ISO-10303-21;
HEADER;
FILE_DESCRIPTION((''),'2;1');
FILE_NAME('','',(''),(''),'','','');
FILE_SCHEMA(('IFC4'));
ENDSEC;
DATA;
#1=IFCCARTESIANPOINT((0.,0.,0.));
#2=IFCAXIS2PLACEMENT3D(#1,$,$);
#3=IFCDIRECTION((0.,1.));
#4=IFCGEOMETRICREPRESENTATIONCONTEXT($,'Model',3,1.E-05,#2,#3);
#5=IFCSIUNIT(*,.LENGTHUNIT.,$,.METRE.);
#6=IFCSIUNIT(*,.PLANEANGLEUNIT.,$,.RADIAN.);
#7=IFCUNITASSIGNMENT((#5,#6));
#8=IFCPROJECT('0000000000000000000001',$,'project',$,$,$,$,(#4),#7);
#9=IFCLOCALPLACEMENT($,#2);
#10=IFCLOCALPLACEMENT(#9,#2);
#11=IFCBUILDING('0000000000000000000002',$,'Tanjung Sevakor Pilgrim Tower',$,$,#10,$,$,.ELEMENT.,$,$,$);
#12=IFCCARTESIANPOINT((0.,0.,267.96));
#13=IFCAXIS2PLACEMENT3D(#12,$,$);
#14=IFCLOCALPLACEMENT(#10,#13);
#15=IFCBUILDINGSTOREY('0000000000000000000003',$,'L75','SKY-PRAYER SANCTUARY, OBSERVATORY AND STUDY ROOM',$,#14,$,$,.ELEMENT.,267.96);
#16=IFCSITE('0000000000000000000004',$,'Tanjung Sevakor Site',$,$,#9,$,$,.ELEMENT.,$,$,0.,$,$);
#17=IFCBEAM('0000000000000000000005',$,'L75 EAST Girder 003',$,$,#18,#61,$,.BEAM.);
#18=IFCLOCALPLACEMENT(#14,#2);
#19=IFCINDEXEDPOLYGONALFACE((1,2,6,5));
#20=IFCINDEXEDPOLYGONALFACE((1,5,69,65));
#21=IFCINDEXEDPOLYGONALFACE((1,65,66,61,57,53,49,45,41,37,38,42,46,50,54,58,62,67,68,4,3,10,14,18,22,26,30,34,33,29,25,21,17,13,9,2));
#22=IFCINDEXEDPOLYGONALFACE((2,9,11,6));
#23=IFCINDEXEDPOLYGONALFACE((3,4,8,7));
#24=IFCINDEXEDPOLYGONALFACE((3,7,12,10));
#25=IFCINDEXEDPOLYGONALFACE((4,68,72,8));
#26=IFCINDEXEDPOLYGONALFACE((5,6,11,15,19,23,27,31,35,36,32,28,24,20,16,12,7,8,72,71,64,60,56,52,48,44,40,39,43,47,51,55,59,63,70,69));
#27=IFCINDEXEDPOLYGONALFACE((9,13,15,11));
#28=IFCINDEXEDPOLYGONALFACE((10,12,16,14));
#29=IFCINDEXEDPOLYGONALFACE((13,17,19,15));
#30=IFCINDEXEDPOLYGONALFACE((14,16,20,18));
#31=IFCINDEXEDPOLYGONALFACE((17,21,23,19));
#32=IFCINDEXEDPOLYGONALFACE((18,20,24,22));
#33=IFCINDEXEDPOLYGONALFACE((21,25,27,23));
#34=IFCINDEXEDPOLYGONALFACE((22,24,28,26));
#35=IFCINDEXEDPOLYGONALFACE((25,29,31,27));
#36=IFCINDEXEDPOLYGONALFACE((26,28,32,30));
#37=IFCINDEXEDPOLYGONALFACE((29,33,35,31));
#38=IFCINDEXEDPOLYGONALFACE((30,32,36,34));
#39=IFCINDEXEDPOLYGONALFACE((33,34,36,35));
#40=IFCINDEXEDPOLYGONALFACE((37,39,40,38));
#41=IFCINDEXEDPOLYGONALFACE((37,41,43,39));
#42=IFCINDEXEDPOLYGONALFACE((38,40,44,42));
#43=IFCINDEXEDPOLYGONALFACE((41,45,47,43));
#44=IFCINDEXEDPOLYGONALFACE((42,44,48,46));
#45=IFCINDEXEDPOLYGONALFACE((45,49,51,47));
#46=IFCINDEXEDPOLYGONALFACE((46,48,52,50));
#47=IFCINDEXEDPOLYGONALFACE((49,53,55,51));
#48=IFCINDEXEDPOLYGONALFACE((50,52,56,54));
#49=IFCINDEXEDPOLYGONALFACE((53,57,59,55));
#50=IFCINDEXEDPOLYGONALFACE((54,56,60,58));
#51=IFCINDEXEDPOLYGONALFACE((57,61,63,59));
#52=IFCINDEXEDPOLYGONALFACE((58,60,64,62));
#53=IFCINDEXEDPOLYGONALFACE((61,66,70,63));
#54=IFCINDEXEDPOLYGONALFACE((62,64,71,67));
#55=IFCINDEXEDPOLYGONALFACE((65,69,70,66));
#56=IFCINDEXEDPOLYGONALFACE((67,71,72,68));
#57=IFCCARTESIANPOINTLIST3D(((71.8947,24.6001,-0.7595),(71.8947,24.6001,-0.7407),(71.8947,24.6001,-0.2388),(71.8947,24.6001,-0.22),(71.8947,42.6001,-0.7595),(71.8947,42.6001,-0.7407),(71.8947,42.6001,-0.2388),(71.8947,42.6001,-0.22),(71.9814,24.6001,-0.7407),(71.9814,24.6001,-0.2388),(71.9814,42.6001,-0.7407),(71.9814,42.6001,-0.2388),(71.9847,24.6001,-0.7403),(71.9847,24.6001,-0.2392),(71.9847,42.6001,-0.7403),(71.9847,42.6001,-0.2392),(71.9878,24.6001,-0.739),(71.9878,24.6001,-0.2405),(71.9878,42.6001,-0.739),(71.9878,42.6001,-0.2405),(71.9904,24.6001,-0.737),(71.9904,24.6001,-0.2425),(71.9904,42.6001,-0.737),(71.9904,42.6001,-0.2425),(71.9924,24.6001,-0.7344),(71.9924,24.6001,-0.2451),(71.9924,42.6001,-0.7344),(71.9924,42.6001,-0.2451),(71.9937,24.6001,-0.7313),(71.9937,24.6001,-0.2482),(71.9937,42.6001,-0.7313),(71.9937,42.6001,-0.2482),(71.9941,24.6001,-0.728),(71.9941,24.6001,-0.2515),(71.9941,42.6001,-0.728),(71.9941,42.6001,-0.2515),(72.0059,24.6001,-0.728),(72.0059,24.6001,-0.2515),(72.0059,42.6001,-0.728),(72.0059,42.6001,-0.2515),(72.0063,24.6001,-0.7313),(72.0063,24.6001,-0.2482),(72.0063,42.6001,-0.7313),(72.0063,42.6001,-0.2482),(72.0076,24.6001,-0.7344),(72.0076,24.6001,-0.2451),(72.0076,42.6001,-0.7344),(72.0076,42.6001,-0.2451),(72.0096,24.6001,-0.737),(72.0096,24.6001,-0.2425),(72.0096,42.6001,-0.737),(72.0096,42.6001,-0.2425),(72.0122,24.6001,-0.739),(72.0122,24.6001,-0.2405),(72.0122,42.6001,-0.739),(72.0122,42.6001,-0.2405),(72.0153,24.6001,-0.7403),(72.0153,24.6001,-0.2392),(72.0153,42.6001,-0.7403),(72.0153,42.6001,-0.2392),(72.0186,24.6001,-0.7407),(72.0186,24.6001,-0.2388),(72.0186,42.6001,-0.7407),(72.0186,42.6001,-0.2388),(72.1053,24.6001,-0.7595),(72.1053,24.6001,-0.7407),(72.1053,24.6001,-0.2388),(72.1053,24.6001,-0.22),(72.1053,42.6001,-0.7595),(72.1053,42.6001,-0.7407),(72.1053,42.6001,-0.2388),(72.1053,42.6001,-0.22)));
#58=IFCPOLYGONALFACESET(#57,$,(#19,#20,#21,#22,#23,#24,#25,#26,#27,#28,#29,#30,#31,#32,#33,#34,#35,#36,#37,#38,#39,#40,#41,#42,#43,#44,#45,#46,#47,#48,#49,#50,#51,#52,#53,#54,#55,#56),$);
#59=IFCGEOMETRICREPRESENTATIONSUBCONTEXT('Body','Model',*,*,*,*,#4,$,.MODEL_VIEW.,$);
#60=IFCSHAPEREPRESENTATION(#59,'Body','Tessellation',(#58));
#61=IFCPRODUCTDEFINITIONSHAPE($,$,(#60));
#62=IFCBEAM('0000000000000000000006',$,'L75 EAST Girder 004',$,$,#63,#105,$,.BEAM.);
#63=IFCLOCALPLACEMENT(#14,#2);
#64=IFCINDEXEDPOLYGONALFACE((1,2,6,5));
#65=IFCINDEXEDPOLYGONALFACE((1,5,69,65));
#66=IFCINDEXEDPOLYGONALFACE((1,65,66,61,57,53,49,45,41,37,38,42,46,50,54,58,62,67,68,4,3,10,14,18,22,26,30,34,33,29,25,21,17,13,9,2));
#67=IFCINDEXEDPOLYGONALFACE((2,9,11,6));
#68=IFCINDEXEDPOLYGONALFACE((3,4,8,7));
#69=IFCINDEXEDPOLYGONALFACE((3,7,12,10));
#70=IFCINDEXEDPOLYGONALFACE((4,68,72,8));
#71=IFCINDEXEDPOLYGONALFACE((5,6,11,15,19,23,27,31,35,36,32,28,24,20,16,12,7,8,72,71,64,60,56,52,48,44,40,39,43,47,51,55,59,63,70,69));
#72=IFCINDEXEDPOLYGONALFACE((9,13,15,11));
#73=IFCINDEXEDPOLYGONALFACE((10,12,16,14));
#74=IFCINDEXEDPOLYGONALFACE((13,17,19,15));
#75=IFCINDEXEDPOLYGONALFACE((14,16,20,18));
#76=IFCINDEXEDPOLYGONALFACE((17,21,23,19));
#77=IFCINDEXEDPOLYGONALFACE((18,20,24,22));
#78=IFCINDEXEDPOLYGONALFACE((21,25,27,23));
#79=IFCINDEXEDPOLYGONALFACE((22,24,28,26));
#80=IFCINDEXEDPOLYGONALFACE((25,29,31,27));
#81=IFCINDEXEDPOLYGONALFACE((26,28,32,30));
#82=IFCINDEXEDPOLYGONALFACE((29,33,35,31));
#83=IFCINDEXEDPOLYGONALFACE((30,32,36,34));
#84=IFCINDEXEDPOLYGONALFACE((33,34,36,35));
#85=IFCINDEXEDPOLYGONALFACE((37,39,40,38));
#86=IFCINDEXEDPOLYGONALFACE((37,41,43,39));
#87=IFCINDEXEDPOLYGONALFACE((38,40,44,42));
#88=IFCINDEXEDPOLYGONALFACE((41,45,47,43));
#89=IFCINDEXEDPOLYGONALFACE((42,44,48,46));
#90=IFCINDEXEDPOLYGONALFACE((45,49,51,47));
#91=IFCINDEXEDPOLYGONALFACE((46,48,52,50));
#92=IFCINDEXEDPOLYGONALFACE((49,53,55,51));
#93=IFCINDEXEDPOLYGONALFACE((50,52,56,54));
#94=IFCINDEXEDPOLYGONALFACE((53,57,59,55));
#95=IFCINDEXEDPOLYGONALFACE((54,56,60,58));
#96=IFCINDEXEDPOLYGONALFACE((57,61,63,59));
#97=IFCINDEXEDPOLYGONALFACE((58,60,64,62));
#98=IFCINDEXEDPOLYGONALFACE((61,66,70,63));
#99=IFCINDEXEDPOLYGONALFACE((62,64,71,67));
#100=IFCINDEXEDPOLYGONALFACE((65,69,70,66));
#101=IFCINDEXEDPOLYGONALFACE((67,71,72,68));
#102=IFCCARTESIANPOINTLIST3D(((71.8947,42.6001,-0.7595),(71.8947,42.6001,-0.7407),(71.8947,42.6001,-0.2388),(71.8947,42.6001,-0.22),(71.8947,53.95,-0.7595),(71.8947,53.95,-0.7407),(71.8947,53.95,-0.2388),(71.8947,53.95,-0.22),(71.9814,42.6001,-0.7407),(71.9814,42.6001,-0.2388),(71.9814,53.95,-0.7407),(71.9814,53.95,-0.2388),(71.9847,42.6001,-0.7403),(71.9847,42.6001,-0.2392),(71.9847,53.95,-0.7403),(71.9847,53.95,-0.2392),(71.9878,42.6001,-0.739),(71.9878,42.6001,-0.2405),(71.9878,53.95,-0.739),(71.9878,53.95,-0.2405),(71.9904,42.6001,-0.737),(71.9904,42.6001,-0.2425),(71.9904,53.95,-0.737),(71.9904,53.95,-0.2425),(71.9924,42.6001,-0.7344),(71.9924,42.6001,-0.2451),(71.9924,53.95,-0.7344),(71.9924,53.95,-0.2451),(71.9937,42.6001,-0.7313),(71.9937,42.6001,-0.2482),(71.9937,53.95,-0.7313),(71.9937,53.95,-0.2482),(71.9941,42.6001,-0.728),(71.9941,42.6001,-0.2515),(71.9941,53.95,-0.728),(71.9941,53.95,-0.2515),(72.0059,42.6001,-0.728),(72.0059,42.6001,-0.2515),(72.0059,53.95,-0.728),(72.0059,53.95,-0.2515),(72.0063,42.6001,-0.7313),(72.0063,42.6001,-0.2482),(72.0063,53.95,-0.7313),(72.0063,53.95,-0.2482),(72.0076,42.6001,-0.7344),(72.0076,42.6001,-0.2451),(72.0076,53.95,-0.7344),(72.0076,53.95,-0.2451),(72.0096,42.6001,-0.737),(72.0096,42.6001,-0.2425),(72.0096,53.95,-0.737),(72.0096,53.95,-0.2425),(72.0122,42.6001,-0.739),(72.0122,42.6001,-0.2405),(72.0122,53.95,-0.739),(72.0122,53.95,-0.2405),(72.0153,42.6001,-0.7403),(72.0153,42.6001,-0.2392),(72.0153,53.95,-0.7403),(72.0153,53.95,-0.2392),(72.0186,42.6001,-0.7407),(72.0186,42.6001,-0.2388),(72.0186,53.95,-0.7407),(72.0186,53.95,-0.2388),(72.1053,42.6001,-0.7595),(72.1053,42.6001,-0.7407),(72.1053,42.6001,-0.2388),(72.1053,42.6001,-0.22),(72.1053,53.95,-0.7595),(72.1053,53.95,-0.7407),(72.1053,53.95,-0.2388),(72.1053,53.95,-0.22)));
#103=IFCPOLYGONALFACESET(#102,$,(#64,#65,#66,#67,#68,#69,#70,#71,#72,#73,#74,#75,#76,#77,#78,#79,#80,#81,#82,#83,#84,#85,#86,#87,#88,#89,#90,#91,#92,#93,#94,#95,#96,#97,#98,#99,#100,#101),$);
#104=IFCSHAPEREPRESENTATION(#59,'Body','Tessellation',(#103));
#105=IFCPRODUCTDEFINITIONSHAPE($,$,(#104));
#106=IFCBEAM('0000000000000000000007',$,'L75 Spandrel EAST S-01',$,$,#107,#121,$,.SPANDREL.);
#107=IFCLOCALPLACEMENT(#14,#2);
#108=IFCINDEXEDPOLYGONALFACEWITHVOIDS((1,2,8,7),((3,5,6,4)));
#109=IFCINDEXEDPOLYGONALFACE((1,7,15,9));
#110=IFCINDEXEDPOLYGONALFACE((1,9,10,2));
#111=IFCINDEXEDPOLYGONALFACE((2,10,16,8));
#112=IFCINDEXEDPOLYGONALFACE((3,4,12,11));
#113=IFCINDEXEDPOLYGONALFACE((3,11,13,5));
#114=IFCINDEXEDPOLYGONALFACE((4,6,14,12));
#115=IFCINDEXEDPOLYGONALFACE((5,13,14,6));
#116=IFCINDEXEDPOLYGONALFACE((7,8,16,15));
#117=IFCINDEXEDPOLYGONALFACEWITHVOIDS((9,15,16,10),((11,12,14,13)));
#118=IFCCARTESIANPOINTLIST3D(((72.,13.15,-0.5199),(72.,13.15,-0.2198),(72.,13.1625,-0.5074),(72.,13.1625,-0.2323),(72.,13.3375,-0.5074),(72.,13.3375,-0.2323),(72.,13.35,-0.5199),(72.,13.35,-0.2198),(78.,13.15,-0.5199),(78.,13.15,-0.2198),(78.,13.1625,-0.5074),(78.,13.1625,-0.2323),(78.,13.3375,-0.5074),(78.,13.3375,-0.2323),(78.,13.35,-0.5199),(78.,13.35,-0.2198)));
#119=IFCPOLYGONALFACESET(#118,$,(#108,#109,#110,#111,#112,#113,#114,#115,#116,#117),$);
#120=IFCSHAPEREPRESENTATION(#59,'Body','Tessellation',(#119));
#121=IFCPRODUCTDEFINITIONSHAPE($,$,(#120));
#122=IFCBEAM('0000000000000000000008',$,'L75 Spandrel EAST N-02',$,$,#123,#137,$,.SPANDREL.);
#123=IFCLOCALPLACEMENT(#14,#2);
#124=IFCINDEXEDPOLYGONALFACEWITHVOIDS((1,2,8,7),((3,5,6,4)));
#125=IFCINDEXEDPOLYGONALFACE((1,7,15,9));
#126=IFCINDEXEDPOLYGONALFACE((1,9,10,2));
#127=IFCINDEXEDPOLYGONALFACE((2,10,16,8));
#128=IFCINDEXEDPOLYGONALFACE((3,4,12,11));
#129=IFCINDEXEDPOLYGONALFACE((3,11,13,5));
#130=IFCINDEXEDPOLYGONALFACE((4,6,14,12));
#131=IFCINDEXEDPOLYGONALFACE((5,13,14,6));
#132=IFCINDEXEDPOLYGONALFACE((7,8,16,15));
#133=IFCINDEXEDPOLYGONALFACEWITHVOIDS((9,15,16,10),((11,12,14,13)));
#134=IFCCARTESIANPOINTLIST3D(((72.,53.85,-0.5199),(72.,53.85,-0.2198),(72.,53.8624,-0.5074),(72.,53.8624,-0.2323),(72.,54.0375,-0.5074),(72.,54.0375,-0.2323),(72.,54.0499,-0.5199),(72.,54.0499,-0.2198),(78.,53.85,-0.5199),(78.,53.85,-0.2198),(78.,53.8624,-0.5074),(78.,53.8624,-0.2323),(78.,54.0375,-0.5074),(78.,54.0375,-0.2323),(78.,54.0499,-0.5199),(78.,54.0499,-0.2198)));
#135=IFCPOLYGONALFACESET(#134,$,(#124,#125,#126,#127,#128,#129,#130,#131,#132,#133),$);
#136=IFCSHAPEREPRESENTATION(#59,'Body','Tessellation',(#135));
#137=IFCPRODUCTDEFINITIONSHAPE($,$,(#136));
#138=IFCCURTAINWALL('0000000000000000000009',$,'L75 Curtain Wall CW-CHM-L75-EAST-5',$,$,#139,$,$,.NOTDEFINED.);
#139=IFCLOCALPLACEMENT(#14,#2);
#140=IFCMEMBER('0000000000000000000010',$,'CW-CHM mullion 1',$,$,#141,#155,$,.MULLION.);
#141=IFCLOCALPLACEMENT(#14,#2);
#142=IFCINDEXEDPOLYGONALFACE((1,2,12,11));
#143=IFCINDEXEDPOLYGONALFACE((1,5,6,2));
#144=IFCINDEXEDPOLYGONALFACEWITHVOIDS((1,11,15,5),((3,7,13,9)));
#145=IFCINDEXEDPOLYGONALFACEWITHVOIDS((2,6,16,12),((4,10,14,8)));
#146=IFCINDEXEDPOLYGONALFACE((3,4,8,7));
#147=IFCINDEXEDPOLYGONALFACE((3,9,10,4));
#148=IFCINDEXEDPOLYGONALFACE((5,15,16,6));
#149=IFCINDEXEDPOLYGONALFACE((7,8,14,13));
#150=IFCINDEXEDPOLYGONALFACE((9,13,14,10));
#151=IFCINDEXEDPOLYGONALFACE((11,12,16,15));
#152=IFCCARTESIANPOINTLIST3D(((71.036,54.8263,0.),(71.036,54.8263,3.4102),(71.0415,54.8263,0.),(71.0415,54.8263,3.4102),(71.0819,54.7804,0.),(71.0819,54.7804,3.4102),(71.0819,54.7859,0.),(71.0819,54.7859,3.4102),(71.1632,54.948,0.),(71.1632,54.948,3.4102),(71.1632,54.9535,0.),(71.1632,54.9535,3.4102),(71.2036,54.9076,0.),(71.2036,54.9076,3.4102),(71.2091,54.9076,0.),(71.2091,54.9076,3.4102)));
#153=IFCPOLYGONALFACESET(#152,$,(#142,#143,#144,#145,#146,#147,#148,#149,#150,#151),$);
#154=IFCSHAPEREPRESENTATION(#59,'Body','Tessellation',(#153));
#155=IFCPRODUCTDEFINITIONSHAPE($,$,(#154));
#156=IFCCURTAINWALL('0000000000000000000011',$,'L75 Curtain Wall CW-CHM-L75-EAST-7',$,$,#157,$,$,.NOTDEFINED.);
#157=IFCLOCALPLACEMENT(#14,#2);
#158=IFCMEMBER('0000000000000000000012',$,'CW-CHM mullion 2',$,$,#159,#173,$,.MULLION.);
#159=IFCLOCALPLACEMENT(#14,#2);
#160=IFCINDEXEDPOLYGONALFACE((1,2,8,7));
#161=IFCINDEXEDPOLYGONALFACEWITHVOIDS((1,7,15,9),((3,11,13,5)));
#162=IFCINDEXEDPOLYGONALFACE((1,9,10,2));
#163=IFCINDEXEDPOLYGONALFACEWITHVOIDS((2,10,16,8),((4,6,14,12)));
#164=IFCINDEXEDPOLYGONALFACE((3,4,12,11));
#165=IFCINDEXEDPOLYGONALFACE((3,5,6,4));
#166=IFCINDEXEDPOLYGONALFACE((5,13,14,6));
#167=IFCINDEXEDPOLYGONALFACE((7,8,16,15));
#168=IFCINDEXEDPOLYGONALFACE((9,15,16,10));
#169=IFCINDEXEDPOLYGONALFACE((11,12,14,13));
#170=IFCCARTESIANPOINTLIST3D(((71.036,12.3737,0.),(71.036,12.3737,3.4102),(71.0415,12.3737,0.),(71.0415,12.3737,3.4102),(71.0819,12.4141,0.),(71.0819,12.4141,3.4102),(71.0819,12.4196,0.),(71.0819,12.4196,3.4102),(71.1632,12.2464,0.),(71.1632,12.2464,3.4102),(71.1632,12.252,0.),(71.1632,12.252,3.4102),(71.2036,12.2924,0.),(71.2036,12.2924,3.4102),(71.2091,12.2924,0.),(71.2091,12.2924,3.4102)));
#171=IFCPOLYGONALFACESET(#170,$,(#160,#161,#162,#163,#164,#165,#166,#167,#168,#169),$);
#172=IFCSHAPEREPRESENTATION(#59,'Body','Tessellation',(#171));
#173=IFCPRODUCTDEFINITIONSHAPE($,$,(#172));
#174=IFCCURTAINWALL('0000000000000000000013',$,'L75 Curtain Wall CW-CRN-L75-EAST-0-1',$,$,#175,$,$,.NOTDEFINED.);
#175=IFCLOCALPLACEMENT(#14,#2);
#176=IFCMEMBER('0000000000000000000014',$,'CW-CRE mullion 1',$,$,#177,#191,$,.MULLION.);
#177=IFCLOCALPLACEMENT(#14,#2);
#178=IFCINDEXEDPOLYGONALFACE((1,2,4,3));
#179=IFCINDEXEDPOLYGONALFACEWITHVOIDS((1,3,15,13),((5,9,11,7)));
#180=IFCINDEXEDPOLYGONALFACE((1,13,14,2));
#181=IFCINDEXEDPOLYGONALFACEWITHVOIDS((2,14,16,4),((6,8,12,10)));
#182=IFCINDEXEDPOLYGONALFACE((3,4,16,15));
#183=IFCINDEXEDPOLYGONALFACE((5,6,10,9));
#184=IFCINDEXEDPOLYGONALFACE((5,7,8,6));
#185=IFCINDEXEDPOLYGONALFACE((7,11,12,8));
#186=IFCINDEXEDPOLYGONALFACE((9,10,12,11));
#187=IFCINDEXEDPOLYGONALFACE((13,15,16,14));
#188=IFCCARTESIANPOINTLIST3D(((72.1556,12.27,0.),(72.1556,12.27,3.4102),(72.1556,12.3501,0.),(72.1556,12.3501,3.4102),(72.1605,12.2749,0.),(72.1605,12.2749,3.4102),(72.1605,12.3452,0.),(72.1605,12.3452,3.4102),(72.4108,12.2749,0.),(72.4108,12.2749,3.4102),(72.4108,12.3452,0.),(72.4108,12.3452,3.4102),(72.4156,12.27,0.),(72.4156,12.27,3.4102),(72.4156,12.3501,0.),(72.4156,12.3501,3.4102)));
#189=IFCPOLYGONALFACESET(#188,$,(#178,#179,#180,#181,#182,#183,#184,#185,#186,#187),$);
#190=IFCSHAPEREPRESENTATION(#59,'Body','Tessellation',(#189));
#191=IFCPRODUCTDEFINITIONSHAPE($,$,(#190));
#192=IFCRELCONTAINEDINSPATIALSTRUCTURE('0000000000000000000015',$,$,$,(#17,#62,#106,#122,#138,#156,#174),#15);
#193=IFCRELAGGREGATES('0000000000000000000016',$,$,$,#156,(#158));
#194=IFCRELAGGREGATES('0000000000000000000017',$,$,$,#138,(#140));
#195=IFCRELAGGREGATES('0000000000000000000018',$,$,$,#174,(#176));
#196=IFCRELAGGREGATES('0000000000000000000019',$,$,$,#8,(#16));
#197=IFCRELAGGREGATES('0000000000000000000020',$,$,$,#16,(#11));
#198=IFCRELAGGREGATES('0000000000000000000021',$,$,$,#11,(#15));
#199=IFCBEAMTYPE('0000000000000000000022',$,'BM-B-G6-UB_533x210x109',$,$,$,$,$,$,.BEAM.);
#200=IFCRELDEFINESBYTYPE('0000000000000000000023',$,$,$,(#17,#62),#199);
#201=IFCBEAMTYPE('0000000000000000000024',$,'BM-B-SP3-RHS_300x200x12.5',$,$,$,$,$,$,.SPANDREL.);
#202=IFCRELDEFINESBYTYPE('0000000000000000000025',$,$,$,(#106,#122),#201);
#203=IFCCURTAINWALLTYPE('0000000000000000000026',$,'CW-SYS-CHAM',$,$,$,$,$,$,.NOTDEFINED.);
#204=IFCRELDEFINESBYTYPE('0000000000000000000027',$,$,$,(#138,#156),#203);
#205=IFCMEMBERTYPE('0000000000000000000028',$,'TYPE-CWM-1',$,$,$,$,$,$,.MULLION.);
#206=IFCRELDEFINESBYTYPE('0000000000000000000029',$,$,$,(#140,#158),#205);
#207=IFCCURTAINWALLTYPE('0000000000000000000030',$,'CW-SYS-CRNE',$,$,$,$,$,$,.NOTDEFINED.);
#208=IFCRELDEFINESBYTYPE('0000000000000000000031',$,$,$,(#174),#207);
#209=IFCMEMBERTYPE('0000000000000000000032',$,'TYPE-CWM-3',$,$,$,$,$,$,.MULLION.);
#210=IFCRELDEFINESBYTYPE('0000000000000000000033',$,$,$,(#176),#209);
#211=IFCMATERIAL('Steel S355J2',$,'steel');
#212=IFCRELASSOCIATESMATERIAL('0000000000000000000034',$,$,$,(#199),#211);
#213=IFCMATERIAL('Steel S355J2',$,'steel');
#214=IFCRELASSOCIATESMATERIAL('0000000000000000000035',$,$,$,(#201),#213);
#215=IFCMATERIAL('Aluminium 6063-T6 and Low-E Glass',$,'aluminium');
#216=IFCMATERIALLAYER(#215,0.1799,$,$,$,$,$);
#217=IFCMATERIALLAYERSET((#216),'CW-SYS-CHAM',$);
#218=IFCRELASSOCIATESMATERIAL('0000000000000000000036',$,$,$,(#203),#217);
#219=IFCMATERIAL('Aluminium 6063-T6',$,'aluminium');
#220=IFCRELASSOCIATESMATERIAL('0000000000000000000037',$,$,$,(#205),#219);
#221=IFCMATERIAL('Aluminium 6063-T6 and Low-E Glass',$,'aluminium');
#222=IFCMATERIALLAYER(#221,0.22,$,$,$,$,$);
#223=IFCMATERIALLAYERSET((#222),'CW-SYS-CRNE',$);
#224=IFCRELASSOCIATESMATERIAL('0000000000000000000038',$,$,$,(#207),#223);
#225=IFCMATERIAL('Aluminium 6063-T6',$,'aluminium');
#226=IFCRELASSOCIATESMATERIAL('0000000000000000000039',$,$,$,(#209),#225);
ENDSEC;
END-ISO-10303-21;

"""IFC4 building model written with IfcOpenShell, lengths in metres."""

from ifc_helpers import new_model, si_unit, direction, frame, origin, origin_2d, place, context, subcontext, project, spatial, hollow_rectangle, i_section, extrude, material, layer, layer_set, material_profile, profile_set, type_object, element, aggregate, save


model = new_model("IFC4")

# Units and contexts
model_context = context("Model", 3, precision=1e-05, world=origin(), true_north=direction((0.0, 1.0)))
body_context = subcontext(model_context, "Body", "Model", "MODEL_VIEW")
ifc_project = project(units=[si_unit("LENGTHUNIT", "METRE"), si_unit("PLANEANGLEUNIT", "RADIAN")], contexts=[model_context])

# Site, building, storey
site_placement = place(None, origin())
site = spatial("IfcSite", under=ifc_project, at=site_placement, Name="Tanjung Sevakor Site", CompositionType="ELEMENT", RefElevation=0.0)
building_placement = place(site_placement, origin())
building = spatial("IfcBuilding", under=site, at=building_placement, Name="Tanjung Sevakor Pilgrim Tower", CompositionType="ELEMENT")
storey_placement = place(building_placement, frame((0.0, 0.0, 267.96)))
storey = spatial("IfcBuildingStorey", under=building, at=storey_placement, Name="L75", Description="SKY-PRAYER SANCTUARY, OBSERVATORY AND STUDY ROOM", CompositionType="ELEMENT", Elevation=267.96)

# Beams
ifc_material_1 = material(Name="Steel S355J2", Category="steel")
ifc_material_profile_1 = material_profile(ifc_material_1, i_section(OverallWidth=0.2107, OverallDepth=0.5396, WebThickness=0.0117, FlangeThickness=0.0188, FilletRadius=0.0127, at=origin_2d()))
ifc_profile_set_1 = profile_set([ifc_material_profile_1], Name="Steel S355J2")
beam_type_1 = type_object("IfcBeamType", Name="BM-B-G6-UB_533x210x109", PredefinedType="BEAM", material=ifc_profile_set_1)
beam_1_placement = place(storey_placement, frame((72.0, 24.6001, -0.4897), z_axis=(0.0, 1.0, 0.0), x_axis=(-1.0, 0.0, 0.0)))
element("IfcBeam", 1, at=beam_1_placement, inside=storey, type_object=beam_type_1, Name="L75 EAST Girder 003", PredefinedType="BEAM", context=body_context, shape_type="SweptSolid", body=[
    extrude(i_section(OverallWidth=0.2107, OverallDepth=0.5396, WebThickness=0.0117, FlangeThickness=0.0188, FilletRadius=0.0127, at=origin_2d()), origin(), (0.0, 0.0, 1.0), 18.0),
])
beam_2_placement = place(storey_placement, frame((72.0, 42.6001, -0.4897), z_axis=(0.0, 1.0, 0.0), x_axis=(-1.0, 0.0, 0.0)))
element("IfcBeam", 2, at=beam_2_placement, inside=storey, type_object=beam_type_1, Name="L75 EAST Girder 004", PredefinedType="BEAM", context=body_context, shape_type="SweptSolid", body=[
    extrude(i_section(OverallWidth=0.2107, OverallDepth=0.5396, WebThickness=0.0117, FlangeThickness=0.0188, FilletRadius=0.0127, at=origin_2d()), origin(), (0.0, 0.0, 1.0), 11.3499),
])
ifc_material_2 = material(Name="Steel S355J2", Category="steel")
ifc_material_profile_2 = material_profile(ifc_material_2, hollow_rectangle(XDim=0.2, YDim=0.3, WallThickness=0.0125, at=origin_2d()))
ifc_profile_set_2 = profile_set([ifc_material_profile_2], Name="Steel S355J2")
beam_type_2 = type_object("IfcBeamType", Name="BM-B-SP3-RHS_300x200x12.5", PredefinedType="SPANDREL", material=ifc_profile_set_2)
for number, where, z_axis, x_axis, name in (
    (3, (72.0, 13.25, -0.3699), (1.0, 0.0, 0.0), (0.0, 1.0, 0.0), "L75 Spandrel EAST S-01"),
    (4, (72.0, 53.95, -0.3699), (1.0, 0.0, 0.0), (0.0, 1.0, 0.0), "L75 Spandrel EAST N-02"),
):
    element("IfcBeam", number, at=place(storey_placement, frame(where, z_axis=z_axis, x_axis=x_axis)), inside=storey, type_object=beam_type_2, Name=name, PredefinedType="SPANDREL", context=body_context, shape_type="SweptSolid", body=[
        extrude(hollow_rectangle(XDim=0.2, YDim=0.3, WallThickness=0.0125, at=origin_2d()), origin(), (0.0, 0.0, 1.0), 6.0),
    ])

# Curtain walls, members
ifc_material_3 = material(Name="Aluminium 6063-T6 and Low-E Glass", Category="aluminium")
ifc_layer_1 = layer(ifc_material_3, 0.1799)
ifc_layer_set_1 = layer_set([ifc_layer_1], Name="CW-SYS-CHAM")
curtain_wall_type_1 = type_object("IfcCurtainWallType", Name="CW-SYS-CHAM", PredefinedType="NOTDEFINED", material=ifc_layer_set_1)
curtain_wall_1_placement = place(storey_placement, origin())
curtain_wall_1 = element("IfcCurtainWall", 5, at=curtain_wall_1_placement, inside=storey, type_object=curtain_wall_type_1, Name="L75 Curtain Wall CW-CHM-L75-EAST-5", PredefinedType="NOTDEFINED")
ifc_material_4 = material(Name="Aluminium 6063-T6", Category="aluminium")
ifc_material_profile_3 = material_profile(ifc_material_4, hollow_rectangle(XDim=0.0649, YDim=0.1799, WallThickness=0.0039, at=origin_2d()))
ifc_profile_set_3 = profile_set([ifc_material_profile_3], Name="Aluminium 6063-T6")
member_type_1 = type_object("IfcMemberType", Name="TYPE-CWM-1", PredefinedType="MULLION", material=ifc_profile_set_3)
member_1_placement = place(storey_placement, frame((71.1226, 54.8669, 0.0), z_axis=(0.0, 0.0, 1.0), x_axis=(0.707107, -0.707107, 0.0)))
member_1 = element("IfcMember", 6, at=member_1_placement, type_object=member_type_1, Name="CW-CHM mullion 1", PredefinedType="MULLION", context=body_context, shape_type="SweptSolid", body=[
    extrude(hollow_rectangle(XDim=0.0649, YDim=0.1799, WallThickness=0.0039, at=origin_2d()), origin(), (0.0, 0.0, 1.0), 3.4102),
])
curtain_wall_2_placement = place(storey_placement, origin())
curtain_wall_2 = element("IfcCurtainWall", 7, at=curtain_wall_2_placement, inside=storey, type_object=curtain_wall_type_1, Name="L75 Curtain Wall CW-CHM-L75-EAST-7", PredefinedType="NOTDEFINED")
member_2_placement = place(storey_placement, frame((71.1226, 12.333, 0.0), z_axis=(0.0, 0.0, 1.0), x_axis=(0.707107, 0.707107, 0.0)))
member_2 = element("IfcMember", 8, at=member_2_placement, type_object=member_type_1, Name="CW-CHM mullion 2", PredefinedType="MULLION", context=body_context, shape_type="SweptSolid", body=[
    extrude(hollow_rectangle(XDim=0.0649, YDim=0.1799, WallThickness=0.0039, at=origin_2d()), origin(), (0.0, 0.0, 1.0), 3.4102),
])
aggregate(curtain_wall_2, [member_2])
ifc_material_5 = material(Name="Aluminium 6063-T6 and Low-E Glass", Category="aluminium")
ifc_layer_2 = layer(ifc_material_5, 0.22)
ifc_layer_set_2 = layer_set([ifc_layer_2], Name="CW-SYS-CRNE")
curtain_wall_type_2 = type_object("IfcCurtainWallType", Name="CW-SYS-CRNE", PredefinedType="NOTDEFINED", material=ifc_layer_set_2)
curtain_wall_3_placement = place(storey_placement, origin())
curtain_wall_3 = element("IfcCurtainWall", 9, at=curtain_wall_3_placement, inside=storey, type_object=curtain_wall_type_2, Name="L75 Curtain Wall CW-CRN-L75-EAST-0-1", PredefinedType="NOTDEFINED")
ifc_material_6 = material(Name="Aluminium 6063-T6", Category="aluminium")
ifc_material_profile_4 = material_profile(ifc_material_6, hollow_rectangle(XDim=0.0801, YDim=0.26, WallThickness=0.0049, at=origin_2d()))
ifc_profile_set_4 = profile_set([ifc_material_profile_4], Name="Aluminium 6063-T6")
member_type_2 = type_object("IfcMemberType", Name="TYPE-CWM-3", PredefinedType="MULLION", material=ifc_profile_set_4)
member_3_placement = place(storey_placement, frame((72.2856, 12.3101, 0.0), z_axis=(0.0, 0.0, 1.0), x_axis=(0.0, 1.0, 0.0)))
member_3 = element("IfcMember", 10, at=member_3_placement, type_object=member_type_2, Name="CW-CRE mullion 1", PredefinedType="MULLION", context=body_context, shape_type="SweptSolid", body=[
    extrude(hollow_rectangle(XDim=0.0801, YDim=0.26, WallThickness=0.0049, at=origin_2d()), origin(), (0.0, 0.0, 1.0), 3.4102),
])

aggregate(curtain_wall_1, [member_1])
aggregate(curtain_wall_3, [member_3])

save(model, "model.ifc")
